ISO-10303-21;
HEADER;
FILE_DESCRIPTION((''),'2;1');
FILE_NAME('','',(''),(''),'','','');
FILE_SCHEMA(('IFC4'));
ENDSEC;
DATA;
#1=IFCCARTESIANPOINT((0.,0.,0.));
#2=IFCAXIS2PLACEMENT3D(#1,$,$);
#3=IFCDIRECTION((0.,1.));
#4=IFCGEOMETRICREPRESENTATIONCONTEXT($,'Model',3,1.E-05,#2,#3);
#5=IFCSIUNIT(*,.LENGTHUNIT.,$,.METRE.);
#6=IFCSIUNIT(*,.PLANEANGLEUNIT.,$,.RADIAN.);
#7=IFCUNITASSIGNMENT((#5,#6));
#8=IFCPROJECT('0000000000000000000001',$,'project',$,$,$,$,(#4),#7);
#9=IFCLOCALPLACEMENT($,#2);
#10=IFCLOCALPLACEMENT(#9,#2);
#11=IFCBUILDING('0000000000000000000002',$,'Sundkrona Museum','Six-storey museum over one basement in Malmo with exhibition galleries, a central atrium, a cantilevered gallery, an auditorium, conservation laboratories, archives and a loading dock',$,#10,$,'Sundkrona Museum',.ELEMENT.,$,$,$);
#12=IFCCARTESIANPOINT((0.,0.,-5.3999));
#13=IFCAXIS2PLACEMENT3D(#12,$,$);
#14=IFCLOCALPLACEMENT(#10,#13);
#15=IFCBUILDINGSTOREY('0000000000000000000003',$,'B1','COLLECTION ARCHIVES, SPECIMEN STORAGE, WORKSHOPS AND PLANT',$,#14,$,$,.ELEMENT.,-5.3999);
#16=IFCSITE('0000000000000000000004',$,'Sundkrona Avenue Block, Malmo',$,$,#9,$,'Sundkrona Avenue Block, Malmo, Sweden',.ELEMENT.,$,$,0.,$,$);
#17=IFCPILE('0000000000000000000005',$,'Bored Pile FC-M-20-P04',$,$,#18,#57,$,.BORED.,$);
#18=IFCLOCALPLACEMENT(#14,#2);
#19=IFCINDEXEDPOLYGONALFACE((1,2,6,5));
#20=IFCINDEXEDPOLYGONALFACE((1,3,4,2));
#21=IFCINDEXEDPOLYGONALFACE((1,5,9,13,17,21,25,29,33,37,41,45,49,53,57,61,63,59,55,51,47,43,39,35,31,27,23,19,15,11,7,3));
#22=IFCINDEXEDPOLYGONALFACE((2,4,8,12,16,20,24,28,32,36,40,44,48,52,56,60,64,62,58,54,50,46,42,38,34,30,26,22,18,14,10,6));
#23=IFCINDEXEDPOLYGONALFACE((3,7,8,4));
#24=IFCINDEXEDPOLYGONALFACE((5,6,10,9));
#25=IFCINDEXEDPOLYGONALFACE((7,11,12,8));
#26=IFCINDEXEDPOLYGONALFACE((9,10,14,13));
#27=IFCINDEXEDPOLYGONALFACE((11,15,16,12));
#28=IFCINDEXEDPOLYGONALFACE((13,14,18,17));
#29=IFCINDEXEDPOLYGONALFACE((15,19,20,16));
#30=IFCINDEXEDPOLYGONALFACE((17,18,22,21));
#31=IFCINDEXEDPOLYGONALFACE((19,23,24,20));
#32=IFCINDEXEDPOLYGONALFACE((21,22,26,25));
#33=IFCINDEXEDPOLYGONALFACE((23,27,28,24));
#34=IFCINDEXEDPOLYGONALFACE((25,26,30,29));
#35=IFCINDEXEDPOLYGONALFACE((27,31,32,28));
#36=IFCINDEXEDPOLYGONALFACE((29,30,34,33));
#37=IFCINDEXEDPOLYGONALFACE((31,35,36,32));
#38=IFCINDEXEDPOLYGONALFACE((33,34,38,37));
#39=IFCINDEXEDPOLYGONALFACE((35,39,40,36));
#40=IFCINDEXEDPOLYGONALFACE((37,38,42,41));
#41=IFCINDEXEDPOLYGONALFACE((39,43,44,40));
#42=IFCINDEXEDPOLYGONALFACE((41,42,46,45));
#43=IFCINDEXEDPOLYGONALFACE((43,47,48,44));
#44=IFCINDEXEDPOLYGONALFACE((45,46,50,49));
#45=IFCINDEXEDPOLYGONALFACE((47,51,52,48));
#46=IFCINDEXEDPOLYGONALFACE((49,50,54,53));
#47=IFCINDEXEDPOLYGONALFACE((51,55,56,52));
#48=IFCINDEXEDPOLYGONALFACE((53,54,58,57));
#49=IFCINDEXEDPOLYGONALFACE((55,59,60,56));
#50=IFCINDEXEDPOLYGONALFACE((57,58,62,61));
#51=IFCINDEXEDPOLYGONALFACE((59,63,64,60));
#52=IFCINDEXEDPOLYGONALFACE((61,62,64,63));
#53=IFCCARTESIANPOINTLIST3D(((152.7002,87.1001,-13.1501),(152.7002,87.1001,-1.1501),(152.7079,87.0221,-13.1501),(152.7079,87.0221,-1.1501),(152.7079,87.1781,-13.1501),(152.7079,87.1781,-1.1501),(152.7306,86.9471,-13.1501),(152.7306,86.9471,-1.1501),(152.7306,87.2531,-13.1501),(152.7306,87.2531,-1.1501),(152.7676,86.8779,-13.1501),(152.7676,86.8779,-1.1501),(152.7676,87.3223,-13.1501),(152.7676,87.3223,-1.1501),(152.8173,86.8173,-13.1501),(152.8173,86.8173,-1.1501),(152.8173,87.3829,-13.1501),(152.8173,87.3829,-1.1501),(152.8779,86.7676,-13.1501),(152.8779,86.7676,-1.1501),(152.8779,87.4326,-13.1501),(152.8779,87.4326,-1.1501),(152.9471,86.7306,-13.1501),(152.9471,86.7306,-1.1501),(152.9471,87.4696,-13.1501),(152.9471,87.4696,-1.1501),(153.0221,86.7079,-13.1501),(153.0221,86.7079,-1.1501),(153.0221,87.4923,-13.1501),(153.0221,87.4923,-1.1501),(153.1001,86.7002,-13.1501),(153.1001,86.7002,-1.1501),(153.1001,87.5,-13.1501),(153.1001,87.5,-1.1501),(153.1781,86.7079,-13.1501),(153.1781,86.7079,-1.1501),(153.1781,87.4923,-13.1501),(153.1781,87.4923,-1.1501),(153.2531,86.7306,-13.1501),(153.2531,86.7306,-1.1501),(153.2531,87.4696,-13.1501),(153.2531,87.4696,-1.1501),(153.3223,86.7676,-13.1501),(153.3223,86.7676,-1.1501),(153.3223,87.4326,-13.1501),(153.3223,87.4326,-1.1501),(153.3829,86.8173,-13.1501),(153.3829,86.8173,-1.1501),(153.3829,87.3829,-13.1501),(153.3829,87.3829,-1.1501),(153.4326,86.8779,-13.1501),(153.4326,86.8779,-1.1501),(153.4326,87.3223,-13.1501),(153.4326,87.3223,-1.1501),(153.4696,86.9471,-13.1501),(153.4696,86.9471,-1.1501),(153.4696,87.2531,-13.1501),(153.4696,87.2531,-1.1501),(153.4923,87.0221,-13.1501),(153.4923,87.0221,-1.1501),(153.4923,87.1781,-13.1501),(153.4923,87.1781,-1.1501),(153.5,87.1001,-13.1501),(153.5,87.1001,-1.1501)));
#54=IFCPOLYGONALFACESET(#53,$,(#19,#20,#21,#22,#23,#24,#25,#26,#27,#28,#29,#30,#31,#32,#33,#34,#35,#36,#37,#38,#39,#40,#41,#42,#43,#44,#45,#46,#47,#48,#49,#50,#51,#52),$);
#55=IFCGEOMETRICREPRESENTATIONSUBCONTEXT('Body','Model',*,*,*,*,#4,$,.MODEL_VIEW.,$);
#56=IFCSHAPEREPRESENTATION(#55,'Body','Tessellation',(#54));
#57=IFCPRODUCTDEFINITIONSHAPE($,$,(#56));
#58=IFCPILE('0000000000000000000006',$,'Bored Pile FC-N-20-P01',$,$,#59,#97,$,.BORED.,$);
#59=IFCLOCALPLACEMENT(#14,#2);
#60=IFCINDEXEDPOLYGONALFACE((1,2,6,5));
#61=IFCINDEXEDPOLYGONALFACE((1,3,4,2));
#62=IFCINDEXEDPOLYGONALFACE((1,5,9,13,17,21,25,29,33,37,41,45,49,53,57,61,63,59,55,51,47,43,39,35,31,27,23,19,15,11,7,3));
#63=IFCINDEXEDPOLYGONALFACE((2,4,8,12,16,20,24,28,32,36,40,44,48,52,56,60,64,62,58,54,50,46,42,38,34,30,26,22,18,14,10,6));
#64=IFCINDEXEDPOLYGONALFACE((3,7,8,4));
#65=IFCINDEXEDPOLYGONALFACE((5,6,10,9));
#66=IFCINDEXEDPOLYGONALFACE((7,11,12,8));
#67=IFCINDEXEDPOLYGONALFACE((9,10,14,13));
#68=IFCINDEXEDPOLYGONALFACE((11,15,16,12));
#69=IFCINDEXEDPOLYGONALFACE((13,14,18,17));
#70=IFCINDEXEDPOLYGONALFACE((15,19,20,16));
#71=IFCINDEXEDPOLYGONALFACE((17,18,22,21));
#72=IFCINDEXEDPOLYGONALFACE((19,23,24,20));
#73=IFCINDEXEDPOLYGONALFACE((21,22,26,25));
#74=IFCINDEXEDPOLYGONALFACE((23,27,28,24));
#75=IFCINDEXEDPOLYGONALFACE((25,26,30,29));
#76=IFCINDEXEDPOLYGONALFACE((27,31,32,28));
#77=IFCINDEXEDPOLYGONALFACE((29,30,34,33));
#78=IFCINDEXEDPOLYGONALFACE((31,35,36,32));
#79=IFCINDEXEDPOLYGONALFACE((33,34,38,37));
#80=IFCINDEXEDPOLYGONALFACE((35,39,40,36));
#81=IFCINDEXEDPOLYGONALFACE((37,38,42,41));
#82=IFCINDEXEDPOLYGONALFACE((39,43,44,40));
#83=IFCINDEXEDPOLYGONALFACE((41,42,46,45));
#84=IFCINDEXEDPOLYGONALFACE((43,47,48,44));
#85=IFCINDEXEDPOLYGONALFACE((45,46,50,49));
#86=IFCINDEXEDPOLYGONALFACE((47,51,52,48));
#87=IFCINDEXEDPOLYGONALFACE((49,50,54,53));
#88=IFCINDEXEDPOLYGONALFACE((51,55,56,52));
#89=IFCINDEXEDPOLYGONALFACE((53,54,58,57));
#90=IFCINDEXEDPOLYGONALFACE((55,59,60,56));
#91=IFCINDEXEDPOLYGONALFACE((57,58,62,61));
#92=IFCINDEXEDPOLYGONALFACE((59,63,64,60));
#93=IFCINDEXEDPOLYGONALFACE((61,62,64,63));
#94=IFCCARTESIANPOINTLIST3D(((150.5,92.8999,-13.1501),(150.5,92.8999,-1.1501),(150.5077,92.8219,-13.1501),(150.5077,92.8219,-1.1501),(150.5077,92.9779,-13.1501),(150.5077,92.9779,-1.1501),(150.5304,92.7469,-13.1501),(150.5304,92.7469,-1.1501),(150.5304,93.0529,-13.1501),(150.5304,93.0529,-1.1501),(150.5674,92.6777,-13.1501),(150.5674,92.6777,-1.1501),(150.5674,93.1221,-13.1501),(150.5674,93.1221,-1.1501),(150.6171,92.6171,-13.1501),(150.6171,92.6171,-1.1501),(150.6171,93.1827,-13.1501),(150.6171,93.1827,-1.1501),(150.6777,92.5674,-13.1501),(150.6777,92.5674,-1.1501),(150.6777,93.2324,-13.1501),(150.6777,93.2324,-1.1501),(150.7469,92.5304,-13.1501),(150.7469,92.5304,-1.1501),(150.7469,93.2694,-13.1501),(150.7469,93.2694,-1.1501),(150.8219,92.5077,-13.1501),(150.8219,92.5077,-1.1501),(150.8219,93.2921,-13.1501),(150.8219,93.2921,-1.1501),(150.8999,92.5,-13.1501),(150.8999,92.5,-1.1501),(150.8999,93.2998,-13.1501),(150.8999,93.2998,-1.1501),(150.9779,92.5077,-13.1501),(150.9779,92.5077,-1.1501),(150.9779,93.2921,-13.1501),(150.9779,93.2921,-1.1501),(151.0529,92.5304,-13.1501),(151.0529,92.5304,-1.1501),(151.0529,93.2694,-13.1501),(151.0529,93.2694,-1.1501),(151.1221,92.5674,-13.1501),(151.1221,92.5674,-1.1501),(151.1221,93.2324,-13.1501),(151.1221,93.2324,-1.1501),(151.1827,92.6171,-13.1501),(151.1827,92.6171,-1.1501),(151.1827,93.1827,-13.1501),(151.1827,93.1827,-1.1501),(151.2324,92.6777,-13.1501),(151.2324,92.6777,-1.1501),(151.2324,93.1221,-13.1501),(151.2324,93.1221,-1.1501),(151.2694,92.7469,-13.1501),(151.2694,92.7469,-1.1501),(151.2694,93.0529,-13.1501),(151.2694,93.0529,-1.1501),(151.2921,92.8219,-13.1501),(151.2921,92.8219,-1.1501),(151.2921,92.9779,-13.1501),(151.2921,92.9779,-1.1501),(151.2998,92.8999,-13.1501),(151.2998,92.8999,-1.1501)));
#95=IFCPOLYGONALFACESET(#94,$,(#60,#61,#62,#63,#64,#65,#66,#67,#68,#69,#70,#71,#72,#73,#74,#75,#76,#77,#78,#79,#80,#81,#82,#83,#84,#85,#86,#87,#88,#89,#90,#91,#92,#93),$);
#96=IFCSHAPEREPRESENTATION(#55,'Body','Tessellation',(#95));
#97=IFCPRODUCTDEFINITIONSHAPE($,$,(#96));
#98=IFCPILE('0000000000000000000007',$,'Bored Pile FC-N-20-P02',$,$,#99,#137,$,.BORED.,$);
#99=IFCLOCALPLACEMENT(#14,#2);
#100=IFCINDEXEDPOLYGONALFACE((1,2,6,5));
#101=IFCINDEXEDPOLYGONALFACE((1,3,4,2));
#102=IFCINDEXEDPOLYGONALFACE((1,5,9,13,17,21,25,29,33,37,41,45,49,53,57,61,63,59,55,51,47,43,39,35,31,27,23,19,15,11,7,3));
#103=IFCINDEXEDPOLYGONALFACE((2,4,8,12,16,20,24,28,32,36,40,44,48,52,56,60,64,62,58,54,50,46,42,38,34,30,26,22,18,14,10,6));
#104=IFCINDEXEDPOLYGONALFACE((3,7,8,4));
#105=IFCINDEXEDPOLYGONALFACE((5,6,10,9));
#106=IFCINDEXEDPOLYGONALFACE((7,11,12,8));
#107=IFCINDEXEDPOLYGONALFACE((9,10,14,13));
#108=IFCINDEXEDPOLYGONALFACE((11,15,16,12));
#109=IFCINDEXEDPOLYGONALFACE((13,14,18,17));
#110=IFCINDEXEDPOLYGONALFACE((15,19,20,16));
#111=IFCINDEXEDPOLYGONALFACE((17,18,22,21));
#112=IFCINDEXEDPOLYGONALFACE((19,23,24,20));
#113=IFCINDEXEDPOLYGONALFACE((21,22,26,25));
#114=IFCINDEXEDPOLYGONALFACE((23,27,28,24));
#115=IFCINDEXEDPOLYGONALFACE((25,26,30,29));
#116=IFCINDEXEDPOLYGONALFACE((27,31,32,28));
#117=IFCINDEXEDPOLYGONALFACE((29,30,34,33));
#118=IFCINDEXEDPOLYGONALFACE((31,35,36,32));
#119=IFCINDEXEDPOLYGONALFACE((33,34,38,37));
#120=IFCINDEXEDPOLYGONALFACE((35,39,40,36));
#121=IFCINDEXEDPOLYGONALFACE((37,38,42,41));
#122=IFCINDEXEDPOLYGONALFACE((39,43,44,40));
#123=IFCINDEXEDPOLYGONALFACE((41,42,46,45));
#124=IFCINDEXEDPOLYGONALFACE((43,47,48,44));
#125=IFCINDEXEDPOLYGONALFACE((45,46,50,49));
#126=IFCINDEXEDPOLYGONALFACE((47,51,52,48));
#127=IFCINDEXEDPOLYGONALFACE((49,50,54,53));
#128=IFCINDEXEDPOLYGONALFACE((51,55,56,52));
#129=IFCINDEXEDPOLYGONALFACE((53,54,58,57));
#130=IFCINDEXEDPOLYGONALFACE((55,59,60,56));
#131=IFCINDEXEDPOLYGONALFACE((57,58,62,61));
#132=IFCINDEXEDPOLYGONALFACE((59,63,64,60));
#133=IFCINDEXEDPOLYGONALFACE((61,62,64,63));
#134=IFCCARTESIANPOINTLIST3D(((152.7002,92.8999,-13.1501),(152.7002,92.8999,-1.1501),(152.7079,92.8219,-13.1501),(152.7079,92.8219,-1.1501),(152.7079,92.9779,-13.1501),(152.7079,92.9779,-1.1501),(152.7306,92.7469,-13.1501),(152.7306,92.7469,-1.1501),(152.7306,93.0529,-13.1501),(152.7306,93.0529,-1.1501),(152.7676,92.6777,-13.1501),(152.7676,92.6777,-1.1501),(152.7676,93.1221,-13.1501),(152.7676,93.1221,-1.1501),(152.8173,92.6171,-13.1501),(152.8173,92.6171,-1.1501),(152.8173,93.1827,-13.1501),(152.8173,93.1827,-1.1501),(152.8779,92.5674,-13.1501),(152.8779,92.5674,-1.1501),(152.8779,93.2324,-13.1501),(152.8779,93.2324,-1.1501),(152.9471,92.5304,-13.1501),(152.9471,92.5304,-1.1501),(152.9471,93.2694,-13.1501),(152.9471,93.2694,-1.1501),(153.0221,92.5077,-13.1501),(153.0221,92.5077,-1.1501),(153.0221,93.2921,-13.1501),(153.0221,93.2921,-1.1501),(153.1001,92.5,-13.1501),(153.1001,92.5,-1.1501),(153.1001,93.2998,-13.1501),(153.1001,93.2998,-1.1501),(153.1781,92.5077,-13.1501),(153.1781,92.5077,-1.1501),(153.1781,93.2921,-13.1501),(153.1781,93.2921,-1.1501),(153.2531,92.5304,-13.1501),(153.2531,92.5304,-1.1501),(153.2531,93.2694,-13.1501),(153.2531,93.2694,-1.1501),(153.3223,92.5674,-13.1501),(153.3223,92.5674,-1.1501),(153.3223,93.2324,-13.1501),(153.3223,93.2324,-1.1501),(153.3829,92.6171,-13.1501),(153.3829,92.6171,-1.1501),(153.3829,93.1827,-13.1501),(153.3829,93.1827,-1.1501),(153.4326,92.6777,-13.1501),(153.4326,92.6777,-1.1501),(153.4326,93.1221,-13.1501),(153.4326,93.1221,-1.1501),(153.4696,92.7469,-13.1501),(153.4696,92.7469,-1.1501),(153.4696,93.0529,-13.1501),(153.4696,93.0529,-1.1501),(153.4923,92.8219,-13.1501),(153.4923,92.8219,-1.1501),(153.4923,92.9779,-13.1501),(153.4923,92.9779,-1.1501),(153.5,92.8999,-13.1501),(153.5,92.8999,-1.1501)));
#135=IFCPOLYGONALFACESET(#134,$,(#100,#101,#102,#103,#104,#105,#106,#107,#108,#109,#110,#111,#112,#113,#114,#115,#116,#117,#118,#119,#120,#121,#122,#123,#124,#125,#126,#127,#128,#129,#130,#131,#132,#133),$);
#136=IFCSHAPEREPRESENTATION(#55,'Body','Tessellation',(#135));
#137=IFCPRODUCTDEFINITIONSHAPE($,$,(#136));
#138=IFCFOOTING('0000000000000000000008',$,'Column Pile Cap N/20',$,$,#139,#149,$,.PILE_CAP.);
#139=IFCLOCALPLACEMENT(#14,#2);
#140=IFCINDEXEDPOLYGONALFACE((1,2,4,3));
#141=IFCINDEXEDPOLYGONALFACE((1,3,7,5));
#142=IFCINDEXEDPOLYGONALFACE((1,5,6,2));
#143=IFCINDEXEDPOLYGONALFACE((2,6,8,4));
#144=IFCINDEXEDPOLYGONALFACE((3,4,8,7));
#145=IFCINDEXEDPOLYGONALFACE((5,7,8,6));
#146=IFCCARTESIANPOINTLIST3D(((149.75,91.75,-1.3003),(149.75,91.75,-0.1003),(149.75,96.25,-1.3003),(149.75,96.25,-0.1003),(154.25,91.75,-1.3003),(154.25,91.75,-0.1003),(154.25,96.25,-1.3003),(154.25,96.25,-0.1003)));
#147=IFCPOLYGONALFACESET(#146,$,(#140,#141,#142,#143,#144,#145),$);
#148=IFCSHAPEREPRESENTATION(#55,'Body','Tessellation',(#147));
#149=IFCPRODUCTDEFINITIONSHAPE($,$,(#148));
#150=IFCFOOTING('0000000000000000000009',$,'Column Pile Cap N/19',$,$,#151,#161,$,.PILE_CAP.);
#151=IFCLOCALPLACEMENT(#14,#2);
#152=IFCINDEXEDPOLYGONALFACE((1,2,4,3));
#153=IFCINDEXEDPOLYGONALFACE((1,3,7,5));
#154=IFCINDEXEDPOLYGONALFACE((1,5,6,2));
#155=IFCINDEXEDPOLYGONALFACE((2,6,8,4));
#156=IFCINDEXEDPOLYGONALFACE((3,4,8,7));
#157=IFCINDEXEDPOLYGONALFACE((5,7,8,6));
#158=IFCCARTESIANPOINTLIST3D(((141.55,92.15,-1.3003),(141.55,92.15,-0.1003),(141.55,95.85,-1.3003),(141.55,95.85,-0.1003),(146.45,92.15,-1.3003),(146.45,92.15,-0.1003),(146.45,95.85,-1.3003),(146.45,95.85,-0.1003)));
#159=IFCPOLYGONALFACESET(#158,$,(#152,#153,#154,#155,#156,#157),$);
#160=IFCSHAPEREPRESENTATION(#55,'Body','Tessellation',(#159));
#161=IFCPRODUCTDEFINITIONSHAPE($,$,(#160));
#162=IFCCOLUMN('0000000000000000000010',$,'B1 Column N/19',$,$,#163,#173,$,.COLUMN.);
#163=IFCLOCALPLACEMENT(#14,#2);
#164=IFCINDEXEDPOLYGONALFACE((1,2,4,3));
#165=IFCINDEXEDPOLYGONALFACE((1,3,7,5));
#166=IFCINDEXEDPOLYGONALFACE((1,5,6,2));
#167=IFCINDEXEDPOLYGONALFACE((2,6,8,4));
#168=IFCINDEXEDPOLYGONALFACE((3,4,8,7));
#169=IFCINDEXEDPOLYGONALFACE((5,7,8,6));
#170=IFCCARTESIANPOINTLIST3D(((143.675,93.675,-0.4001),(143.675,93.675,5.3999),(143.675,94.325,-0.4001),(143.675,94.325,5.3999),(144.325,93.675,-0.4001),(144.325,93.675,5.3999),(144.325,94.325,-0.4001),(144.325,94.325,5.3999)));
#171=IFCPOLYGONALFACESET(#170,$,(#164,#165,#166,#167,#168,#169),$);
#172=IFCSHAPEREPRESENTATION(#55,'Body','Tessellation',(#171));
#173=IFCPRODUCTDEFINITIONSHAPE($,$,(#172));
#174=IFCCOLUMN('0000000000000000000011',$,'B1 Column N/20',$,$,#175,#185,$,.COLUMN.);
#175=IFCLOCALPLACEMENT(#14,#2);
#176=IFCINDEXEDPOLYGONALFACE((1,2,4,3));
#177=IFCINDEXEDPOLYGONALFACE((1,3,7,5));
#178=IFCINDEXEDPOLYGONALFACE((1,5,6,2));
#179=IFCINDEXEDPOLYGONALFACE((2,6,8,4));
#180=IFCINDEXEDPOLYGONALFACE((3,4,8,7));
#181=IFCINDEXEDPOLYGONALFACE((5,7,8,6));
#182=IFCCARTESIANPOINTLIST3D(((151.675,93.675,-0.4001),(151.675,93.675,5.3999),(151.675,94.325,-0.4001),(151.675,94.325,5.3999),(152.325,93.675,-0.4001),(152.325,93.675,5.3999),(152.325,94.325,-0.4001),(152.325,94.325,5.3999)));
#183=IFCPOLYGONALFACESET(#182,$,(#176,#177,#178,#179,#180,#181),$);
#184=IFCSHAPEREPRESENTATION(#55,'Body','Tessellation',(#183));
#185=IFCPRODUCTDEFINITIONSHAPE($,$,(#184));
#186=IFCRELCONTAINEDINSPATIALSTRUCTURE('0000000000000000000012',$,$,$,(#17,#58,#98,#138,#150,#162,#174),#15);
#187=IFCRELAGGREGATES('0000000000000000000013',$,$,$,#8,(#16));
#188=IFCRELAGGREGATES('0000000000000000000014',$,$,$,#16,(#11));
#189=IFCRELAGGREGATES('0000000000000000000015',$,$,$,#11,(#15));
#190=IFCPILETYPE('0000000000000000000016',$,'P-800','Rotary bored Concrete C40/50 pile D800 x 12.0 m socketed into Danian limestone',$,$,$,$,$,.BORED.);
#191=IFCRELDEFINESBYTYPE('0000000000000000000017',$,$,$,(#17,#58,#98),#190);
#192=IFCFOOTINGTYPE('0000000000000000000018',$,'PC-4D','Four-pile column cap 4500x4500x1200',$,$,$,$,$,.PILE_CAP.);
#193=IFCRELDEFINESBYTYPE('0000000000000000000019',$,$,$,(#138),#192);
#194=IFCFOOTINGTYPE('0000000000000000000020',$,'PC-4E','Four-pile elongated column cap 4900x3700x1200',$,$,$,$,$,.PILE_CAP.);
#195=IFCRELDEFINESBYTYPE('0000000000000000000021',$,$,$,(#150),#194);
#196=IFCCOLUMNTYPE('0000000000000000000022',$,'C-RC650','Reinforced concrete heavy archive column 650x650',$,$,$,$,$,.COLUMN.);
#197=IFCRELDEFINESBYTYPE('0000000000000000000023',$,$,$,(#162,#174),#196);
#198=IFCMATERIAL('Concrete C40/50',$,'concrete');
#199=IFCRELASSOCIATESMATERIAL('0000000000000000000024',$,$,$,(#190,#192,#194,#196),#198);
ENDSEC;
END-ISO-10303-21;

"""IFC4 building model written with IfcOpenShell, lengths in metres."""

from ifc_helpers import new_model, si_unit, direction, frame, origin, origin_2d, place, context, subcontext, project, spatial, rectangle, circle, extrude, material, material_profile, profile_set, type_object, element, save


model = new_model("IFC4")

# Units and contexts
model_context = context("Model", 3, precision=1e-05, world=origin(), true_north=direction((0.0, 1.0)))
body_context = subcontext(model_context, "Body", "Model", "MODEL_VIEW")
ifc_project = project(units=[si_unit("LENGTHUNIT", "METRE"), si_unit("PLANEANGLEUNIT", "RADIAN")], contexts=[model_context])

# Site, building, storey
site_placement = place(None, origin())
site = spatial("IfcSite", under=ifc_project, at=site_placement, Name="Sundkrona Avenue Block, Malmo", LongName="Sundkrona Avenue Block, Malmo, Sweden", CompositionType="ELEMENT", RefElevation=0.0)
building_placement = place(site_placement, origin())
building = spatial("IfcBuilding", under=site, at=building_placement, Name="Sundkrona Museum", Description="Six-storey museum over one basement in Malmo with exhibition galleries, a central atrium, a cantilevered gallery, an auditorium, conservation laboratories, archives and a loading dock", LongName="Sundkrona Museum", CompositionType="ELEMENT")
storey_placement = place(building_placement, frame((0.0, 0.0, -5.3999)))
storey = spatial("IfcBuildingStorey", under=building, at=storey_placement, Name="B1", Description="COLLECTION ARCHIVES, SPECIMEN STORAGE, WORKSHOPS AND PLANT", CompositionType="ELEMENT", Elevation=-5.3999)

# Shared definitions
ifc_material_1 = material(Name="Concrete C40/50", Category="concrete")

# Piles
ifc_material_profile_1 = material_profile(ifc_material_1, circle(Radius=0.3999, at=origin_2d()), Name="PILE D800")
ifc_profile_set_1 = profile_set([ifc_material_profile_1], Name="Concrete C40/50")
pile_type = type_object("IfcPileType", Name="P-800", Description="Rotary bored Concrete C40/50 pile D800 x 12.0 m socketed into Danian limestone", PredefinedType="BORED", material=ifc_profile_set_1)
for number, where, z_axis, x_axis, name in (
    (1, (153.1001, 87.1001, -1.1501), (0.0, 0.0, -1.0), (1.0, 0.0, 0.0), "Bored Pile FC-M-20-P04"),
    (2, (150.8999, 92.8999, -1.1501), (0.0, 0.0, -1.0), (1.0, 0.0, 0.0), "Bored Pile FC-N-20-P01"),
    (3, (153.1001, 92.8999, -1.1501), (0.0, 0.0, -1.0), (1.0, 0.0, 0.0), "Bored Pile FC-N-20-P02"),
):
    element("IfcPile", number, at=place(storey_placement, frame(where, z_axis=z_axis, x_axis=x_axis)), inside=storey, type_object=pile_type, Name=name, PredefinedType="BORED", context=body_context, shape_type="SweptSolid", body=[
        extrude(circle(Radius=0.3999, at=origin_2d()), origin(), (0.0, 0.0, 1.0), 12.0),
    ])

# Footings
footing_type_1 = type_object("IfcFootingType", Name="PC-4D", Description="Four-pile column cap 4500x4500x1200", PredefinedType="PILE_CAP", material=ifc_material_1)
footing_1_placement = place(storey_placement, frame((152.0, 94.0, -1.3003), z_axis=(0.0, 0.0, 1.0), x_axis=(1.0, 0.0, 0.0)))
element("IfcFooting", 4, at=footing_1_placement, inside=storey, type_object=footing_type_1, Name="Column Pile Cap N/20", PredefinedType="PILE_CAP", context=body_context, shape_type="SweptSolid", body=[
    extrude(rectangle(XDim=4.5, YDim=4.5, at=origin_2d()), origin(), (0.0, 0.0, 1.0), 1.2),
])
footing_type_2 = type_object("IfcFootingType", Name="PC-4E", Description="Four-pile elongated column cap 4900x3700x1200", PredefinedType="PILE_CAP", material=ifc_material_1)
footing_2_placement = place(storey_placement, frame((144.0, 94.0, -1.3003), z_axis=(0.0, 0.0, 1.0), x_axis=(1.0, 0.0, 0.0)))
element("IfcFooting", 5, at=footing_2_placement, inside=storey, type_object=footing_type_2, Name="Column Pile Cap N/19", PredefinedType="PILE_CAP", context=body_context, shape_type="SweptSolid", body=[
    extrude(rectangle(XDim=4.8999, YDim=3.7, at=origin_2d()), origin(), (0.0, 0.0, 1.0), 1.2),
])

# Columns
ifc_material_profile_2 = material_profile(ifc_material_1, rectangle(XDim=0.6499, YDim=0.6499, at=origin_2d()), Name="RC 650x650")
ifc_profile_set_2 = profile_set([ifc_material_profile_2], Name="Concrete C40/50")
column_type = type_object("IfcColumnType", Name="C-RC650", Description="Reinforced concrete heavy archive column 650x650", PredefinedType="COLUMN", material=ifc_profile_set_2)
for number, where, z_axis, x_axis, name in (
    (6, (144.0, 94.0, -0.4001), (0.0, 0.0, 1.0), (1.0, 0.0, 0.0), "B1 Column N/19"),
    (7, (152.0, 94.0, -0.4001), (0.0, 0.0, 1.0), (1.0, 0.0, 0.0), "B1 Column N/20"),
):
    element("IfcColumn", number, at=place(storey_placement, frame(where, z_axis=z_axis, x_axis=x_axis)), inside=storey, type_object=column_type, Name=name, PredefinedType="COLUMN", context=body_context, shape_type="SweptSolid", body=[
        extrude(rectangle(XDim=0.6499, YDim=0.6499, at=origin_2d()), origin(), (0.0, 0.0, 1.0), 5.8),
    ])

save(model, "model.ifc")
